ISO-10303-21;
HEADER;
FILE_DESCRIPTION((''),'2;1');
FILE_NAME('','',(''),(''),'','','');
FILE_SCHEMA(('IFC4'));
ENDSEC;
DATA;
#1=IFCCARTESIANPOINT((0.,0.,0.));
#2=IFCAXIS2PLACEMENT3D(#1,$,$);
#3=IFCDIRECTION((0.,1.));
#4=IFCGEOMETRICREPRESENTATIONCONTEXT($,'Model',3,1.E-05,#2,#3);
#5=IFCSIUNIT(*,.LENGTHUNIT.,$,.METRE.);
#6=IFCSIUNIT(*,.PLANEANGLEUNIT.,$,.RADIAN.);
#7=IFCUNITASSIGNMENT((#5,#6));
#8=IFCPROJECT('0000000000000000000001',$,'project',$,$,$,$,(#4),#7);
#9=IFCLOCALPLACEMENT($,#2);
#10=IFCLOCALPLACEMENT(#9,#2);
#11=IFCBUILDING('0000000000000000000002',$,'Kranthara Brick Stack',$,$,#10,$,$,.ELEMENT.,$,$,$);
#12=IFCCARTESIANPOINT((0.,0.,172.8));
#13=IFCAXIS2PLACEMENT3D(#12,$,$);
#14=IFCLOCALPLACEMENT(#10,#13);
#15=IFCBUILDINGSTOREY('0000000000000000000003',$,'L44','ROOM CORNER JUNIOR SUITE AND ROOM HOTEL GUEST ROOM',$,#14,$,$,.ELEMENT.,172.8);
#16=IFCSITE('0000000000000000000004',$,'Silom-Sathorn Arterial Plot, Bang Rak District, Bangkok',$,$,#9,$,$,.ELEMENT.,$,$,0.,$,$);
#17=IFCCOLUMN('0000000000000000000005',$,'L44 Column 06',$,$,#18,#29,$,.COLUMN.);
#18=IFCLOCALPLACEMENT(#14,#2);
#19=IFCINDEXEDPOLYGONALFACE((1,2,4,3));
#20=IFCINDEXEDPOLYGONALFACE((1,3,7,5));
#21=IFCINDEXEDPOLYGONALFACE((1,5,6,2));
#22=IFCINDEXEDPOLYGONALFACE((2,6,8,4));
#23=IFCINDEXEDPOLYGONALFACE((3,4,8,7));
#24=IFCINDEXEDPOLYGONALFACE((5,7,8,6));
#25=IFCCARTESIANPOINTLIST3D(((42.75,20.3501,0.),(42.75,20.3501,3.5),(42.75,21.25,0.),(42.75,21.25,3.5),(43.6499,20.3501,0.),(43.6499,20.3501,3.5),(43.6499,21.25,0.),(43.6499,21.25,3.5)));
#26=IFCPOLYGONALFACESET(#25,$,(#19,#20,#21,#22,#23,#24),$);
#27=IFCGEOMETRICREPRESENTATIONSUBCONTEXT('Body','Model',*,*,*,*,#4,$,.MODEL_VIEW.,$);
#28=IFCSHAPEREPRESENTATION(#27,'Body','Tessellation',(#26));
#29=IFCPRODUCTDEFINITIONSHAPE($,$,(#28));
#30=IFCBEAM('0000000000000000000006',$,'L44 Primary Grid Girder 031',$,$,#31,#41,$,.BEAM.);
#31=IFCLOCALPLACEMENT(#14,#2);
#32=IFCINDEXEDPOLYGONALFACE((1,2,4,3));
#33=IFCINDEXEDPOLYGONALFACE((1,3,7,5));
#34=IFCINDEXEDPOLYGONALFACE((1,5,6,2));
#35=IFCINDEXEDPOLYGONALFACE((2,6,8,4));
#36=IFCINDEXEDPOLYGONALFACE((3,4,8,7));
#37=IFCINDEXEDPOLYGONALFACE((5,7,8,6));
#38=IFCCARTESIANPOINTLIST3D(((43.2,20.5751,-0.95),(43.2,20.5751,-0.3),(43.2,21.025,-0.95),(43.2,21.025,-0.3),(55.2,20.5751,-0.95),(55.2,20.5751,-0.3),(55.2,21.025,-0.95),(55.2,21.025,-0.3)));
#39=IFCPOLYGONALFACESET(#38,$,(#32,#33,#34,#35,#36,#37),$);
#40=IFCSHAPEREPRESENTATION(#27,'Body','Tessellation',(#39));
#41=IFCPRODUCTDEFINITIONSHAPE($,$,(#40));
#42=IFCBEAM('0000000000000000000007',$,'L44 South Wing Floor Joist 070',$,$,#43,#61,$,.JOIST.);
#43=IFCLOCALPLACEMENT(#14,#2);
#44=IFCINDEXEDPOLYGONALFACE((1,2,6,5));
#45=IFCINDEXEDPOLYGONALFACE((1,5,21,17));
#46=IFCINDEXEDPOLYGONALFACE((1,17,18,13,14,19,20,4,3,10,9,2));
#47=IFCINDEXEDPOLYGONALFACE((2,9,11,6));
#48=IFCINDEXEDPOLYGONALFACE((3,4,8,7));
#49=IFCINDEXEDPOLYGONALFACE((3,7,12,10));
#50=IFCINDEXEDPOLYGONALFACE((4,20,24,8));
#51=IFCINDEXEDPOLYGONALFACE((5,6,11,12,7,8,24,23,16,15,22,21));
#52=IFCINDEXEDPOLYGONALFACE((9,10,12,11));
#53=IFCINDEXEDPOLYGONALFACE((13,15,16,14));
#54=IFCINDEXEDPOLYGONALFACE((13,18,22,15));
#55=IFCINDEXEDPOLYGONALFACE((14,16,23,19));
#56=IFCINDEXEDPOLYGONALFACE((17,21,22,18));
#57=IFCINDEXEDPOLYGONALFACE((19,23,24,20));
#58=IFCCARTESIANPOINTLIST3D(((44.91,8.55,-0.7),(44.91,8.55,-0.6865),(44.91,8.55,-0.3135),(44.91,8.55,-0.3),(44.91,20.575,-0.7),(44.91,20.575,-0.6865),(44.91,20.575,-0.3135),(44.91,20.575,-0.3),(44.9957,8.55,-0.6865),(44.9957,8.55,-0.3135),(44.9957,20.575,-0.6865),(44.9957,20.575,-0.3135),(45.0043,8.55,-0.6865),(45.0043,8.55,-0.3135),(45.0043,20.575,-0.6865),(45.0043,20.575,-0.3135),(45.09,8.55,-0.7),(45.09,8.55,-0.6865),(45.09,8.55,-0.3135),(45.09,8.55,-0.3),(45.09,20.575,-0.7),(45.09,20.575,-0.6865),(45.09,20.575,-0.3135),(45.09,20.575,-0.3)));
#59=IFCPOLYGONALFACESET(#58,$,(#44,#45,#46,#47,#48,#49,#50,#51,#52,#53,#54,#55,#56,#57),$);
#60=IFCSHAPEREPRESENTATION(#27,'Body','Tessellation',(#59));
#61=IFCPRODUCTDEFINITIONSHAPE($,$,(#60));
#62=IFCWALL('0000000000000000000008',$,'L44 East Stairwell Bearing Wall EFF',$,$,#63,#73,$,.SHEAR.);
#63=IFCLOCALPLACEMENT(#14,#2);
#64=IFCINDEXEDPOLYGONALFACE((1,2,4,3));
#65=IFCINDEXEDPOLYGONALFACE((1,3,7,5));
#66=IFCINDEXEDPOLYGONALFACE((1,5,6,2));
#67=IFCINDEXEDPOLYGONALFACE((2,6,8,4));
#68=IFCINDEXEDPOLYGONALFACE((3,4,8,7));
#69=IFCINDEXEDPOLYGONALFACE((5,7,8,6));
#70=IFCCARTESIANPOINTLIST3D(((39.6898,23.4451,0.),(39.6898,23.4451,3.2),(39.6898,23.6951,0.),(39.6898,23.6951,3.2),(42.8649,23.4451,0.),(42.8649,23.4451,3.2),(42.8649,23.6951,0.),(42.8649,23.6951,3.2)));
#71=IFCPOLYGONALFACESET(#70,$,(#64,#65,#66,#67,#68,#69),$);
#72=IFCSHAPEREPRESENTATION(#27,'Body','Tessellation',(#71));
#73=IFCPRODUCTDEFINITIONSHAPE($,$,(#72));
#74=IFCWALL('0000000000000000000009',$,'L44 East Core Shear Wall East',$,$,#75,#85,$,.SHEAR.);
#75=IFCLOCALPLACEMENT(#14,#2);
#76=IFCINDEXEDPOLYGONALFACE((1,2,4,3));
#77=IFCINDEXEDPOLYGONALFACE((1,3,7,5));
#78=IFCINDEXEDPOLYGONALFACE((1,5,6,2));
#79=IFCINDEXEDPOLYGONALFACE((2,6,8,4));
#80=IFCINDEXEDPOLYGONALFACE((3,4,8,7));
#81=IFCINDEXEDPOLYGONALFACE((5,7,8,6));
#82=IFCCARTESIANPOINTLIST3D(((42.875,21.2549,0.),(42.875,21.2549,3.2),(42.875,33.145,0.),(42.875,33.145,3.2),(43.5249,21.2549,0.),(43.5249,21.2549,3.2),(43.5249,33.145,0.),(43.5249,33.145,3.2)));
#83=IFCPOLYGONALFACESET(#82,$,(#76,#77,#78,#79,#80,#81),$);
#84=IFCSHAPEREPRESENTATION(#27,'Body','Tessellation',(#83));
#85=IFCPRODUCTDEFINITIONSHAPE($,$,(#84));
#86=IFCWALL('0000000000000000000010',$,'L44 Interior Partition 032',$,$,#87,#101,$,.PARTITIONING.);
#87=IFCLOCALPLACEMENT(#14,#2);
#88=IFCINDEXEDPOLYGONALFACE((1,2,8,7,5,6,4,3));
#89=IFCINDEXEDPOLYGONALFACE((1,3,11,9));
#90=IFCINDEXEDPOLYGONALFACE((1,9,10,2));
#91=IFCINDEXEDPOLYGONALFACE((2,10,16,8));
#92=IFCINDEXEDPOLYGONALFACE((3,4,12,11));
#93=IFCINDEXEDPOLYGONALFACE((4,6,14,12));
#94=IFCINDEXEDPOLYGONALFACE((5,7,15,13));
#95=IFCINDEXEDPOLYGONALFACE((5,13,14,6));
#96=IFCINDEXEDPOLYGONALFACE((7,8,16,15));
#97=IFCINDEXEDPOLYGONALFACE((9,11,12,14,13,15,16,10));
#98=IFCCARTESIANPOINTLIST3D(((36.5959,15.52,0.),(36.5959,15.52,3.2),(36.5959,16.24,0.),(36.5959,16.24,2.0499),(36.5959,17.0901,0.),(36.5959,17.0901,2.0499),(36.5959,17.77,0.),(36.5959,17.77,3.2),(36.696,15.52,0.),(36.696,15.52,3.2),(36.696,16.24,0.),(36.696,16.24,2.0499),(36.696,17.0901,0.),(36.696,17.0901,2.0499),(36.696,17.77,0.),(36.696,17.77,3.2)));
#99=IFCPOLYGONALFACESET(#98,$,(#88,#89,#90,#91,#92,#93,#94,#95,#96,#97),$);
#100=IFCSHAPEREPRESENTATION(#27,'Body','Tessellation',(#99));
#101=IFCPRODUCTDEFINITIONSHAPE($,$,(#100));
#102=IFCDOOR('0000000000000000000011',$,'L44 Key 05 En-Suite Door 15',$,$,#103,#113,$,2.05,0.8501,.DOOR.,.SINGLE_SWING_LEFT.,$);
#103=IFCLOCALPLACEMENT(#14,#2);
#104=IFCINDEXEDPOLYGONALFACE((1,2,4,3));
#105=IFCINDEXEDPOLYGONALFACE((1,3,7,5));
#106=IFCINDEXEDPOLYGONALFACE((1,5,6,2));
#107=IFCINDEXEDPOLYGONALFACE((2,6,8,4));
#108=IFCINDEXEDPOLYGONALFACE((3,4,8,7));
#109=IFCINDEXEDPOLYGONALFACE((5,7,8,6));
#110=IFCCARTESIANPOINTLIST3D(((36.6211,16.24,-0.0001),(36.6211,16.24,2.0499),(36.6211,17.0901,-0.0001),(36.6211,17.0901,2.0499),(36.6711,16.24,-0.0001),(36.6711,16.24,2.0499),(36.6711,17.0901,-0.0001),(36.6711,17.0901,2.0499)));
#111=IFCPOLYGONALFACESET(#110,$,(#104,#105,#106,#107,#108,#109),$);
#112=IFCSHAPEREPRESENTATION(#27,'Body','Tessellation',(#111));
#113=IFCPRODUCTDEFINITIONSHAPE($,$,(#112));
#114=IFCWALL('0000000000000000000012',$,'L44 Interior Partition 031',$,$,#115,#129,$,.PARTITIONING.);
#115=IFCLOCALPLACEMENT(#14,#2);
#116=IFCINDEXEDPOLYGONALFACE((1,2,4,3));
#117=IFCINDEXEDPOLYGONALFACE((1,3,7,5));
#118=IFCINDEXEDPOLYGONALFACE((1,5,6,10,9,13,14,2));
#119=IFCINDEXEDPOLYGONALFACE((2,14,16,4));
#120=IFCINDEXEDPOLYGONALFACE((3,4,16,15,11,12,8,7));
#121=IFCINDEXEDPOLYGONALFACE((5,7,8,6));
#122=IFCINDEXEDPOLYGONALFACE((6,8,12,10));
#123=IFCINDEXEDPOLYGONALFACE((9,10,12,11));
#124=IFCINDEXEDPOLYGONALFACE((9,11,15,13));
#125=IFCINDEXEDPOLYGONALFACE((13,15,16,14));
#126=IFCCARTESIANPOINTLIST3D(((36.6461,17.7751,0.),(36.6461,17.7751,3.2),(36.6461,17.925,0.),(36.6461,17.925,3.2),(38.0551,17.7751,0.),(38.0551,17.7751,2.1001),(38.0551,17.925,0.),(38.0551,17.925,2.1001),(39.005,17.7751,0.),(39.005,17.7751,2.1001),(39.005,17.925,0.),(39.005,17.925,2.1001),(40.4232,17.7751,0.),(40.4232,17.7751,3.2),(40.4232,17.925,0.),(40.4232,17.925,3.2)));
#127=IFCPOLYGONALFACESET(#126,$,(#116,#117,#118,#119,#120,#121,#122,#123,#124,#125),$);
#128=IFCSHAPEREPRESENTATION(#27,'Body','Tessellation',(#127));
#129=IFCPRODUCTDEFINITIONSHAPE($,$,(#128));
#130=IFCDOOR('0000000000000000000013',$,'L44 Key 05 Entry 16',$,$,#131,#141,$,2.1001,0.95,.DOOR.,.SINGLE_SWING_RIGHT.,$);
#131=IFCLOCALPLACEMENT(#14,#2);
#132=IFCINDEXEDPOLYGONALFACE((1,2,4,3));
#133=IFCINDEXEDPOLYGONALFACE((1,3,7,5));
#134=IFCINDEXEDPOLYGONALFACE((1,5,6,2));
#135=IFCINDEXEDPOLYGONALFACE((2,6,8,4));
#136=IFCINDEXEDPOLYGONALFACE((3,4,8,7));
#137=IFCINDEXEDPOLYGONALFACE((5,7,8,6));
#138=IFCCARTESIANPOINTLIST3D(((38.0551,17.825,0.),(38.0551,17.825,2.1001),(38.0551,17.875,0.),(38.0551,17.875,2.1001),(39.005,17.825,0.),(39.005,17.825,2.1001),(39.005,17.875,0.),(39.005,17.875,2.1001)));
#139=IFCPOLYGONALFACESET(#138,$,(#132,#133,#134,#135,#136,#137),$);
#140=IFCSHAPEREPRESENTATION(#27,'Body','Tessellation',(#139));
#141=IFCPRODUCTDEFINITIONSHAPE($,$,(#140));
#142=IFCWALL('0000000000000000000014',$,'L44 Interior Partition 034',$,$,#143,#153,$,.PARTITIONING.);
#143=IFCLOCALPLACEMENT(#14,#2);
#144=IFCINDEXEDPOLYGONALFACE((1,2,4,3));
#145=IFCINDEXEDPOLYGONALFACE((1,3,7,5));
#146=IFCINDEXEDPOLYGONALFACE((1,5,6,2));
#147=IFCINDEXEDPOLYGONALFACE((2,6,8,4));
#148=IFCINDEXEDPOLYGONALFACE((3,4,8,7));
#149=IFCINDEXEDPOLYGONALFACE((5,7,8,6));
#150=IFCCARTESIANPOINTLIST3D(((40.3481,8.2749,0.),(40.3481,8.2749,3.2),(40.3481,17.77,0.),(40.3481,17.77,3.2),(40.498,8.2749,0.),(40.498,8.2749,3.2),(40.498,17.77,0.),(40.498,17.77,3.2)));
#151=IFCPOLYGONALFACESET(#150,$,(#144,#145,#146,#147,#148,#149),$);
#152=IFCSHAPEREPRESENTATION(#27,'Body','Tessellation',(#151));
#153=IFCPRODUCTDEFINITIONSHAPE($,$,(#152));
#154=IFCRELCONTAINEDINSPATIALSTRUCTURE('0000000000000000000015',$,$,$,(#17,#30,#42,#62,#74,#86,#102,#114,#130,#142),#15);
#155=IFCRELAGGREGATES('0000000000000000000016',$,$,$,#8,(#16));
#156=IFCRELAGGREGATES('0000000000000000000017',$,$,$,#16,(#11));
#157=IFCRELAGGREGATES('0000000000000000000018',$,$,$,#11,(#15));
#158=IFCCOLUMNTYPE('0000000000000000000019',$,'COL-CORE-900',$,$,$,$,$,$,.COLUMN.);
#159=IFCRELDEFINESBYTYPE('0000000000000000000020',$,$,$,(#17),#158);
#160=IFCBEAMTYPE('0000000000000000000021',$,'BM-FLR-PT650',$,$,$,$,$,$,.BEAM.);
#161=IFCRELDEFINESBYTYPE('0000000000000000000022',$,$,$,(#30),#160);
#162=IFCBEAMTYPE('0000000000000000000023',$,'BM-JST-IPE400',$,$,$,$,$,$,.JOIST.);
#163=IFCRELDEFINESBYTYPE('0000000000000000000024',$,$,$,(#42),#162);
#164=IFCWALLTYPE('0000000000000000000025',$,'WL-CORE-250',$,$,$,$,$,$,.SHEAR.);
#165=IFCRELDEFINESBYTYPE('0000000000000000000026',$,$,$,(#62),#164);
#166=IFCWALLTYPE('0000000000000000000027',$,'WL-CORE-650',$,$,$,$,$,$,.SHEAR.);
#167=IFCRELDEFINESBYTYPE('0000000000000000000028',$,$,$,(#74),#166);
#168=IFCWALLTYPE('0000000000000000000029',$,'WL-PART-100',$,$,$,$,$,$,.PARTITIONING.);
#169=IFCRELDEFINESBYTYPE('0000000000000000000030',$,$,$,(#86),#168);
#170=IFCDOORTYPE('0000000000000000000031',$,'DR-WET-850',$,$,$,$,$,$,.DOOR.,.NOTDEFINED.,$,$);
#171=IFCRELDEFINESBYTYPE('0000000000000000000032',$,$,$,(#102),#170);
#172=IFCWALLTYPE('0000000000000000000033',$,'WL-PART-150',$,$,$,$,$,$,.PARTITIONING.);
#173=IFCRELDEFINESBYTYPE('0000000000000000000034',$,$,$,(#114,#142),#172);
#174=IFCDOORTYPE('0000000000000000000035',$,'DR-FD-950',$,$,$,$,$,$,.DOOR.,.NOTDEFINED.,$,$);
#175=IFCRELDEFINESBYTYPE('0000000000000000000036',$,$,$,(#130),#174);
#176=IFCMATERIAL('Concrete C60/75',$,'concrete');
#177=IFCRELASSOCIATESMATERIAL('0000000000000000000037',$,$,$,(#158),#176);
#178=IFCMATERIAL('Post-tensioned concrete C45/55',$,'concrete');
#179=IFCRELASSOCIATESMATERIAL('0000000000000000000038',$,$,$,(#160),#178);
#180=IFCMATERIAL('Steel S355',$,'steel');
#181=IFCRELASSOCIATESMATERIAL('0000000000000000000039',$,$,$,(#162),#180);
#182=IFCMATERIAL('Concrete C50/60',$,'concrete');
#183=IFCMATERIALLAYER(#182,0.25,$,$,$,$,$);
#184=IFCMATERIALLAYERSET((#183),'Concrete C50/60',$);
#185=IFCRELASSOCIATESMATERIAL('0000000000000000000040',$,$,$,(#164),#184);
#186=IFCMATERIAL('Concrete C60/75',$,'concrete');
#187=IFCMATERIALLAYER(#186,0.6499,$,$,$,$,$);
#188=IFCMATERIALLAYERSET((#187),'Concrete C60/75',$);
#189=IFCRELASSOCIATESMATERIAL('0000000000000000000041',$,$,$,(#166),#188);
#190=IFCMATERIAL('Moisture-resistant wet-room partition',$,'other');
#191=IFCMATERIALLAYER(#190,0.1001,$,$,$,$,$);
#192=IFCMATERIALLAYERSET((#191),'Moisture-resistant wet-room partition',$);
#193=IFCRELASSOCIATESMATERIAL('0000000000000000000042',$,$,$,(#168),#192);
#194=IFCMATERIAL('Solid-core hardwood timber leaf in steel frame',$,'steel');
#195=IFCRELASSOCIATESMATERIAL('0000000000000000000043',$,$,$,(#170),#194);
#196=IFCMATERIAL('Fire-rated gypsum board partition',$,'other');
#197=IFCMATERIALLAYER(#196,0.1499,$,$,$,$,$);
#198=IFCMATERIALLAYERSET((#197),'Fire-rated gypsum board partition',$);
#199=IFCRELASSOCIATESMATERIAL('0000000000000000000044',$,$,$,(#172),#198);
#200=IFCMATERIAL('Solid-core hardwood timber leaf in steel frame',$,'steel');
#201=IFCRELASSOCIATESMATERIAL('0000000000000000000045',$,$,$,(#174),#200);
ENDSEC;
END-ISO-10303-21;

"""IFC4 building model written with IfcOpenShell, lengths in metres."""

from ifc_helpers import new_model, si_unit, direction, frame, frame_2d, origin, origin_2d, place, context, subcontext, project, spatial, rectangle, i_section, extrude, material, layer, layer_set, material_profile, profile_set, type_object, element, fill, save


model = new_model("IFC4")

# Units and contexts
model_context = context("Model", 3, precision=1e-05, world=origin(), true_north=direction((0.0, 1.0)))
body_context = subcontext(model_context, "Body", "Model", "MODEL_VIEW")
ifc_project = project(units=[si_unit("LENGTHUNIT", "METRE"), si_unit("PLANEANGLEUNIT", "RADIAN")], contexts=[model_context])

# Site, building, storey
site_placement = place(None, origin())
site = spatial("IfcSite", under=ifc_project, at=site_placement, Name="Silom-Sathorn Arterial Plot, Bang Rak District, Bangkok", CompositionType="ELEMENT", RefElevation=0.0)
building_placement = place(site_placement, origin())
building = spatial("IfcBuilding", under=site, at=building_placement, Name="Kranthara Brick Stack", CompositionType="ELEMENT")
storey_placement = place(building_placement, frame((0.0, 0.0, 172.8)))
storey = spatial("IfcBuildingStorey", under=building, at=storey_placement, Name="L44", Description="ROOM CORNER JUNIOR SUITE AND ROOM HOTEL GUEST ROOM", CompositionType="ELEMENT", Elevation=172.8)

# Column
ifc_material_1 = material(Name="Concrete C60/75", Category="concrete")
ifc_material_profile_1 = material_profile(ifc_material_1, rectangle(XDim=0.8999, YDim=0.8999, at=origin_2d()), Name="RC 900x900")
ifc_profile_set_1 = profile_set([ifc_material_profile_1], Name="Concrete C60/75")
column_type = type_object("IfcColumnType", Name="COL-CORE-900", PredefinedType="COLUMN", material=ifc_profile_set_1)
column_placement = place(storey_placement, frame((43.2, 20.8, 0.0), z_axis=(0.0, 0.0, 1.0), x_axis=(1.0, 0.0, 0.0)))
element("IfcColumn", 1, at=column_placement, inside=storey, type_object=column_type, Name="L44 Column 06", PredefinedType="COLUMN", context=body_context, shape_type="SweptSolid", body=[
    extrude(rectangle(XDim=0.8999, YDim=0.8999, at=origin_2d()), origin(), (0.0, 0.0, 1.0), 3.5),
])

# Beams
ifc_material_2 = material(Name="Post-tensioned concrete C45/55", Category="concrete")
ifc_material_profile_2 = material_profile(ifc_material_2, rectangle(XDim=0.45, YDim=0.6499, at=origin_2d()), Name="PT 450x650")
ifc_profile_set_2 = profile_set([ifc_material_profile_2], Name="Post-tensioned concrete C45/55")
beam_type_1 = type_object("IfcBeamType", Name="BM-FLR-PT650", PredefinedType="BEAM", material=ifc_profile_set_2)
beam_1_placement = place(storey_placement, frame((43.2, 20.8, -0.625), z_axis=(1.0, 0.0, 0.0), x_axis=(0.0, 1.0, 0.0)))
element("IfcBeam", 2, at=beam_1_placement, inside=storey, type_object=beam_type_1, Name="L44 Primary Grid Girder 031", PredefinedType="BEAM", context=body_context, shape_type="SweptSolid", body=[
    extrude(rectangle(XDim=0.45, YDim=0.6499, at=origin_2d()), origin(), (0.0, 0.0, 1.0), 12.0),
])
ifc_material_3 = material(Name="Steel S355", Category="steel")
ifc_material_profile_3 = material_profile(ifc_material_3, i_section(OverallWidth=0.1799, OverallDepth=0.3999, WebThickness=0.0085, FlangeThickness=0.0134, at=origin_2d()), Name="IPE 400")
ifc_profile_set_3 = profile_set([ifc_material_profile_3], Name="Steel S355")
beam_type_2 = type_object("IfcBeamType", Name="BM-JST-IPE400", PredefinedType="JOIST", material=ifc_profile_set_3)
beam_2_placement = place(storey_placement, frame((45.0, 8.55, -0.5), z_axis=(0.0, 1.0, 0.0), x_axis=(-1.0, 0.0, 0.0)))
element("IfcBeam", 3, at=beam_2_placement, inside=storey, type_object=beam_type_2, Name="L44 South Wing Floor Joist 070", PredefinedType="JOIST", context=body_context, shape_type="SweptSolid", body=[
    extrude(i_section(OverallWidth=0.1799, OverallDepth=0.3999, WebThickness=0.0085, FlangeThickness=0.0134, at=origin_2d()), origin(), (0.0, 0.0, 1.0), 12.0249),
])

# Shared definitions
ifc_material_4 = material(Name="Concrete C50/60", Category="concrete")
ifc_layer_1 = layer(ifc_material_4, 0.25)
ifc_layer_set_1 = layer_set([ifc_layer_1], Name="Concrete C50/60")
wall_type_1 = type_object("IfcWallType", Name="WL-CORE-250", PredefinedType="SHEAR", material=ifc_layer_set_1)

# Walls
wall_1_placement = place(storey_placement, frame((39.6899, 23.5701, 0.0), z_axis=(0.0, 0.0, 1.0), x_axis=(1.0, 0.0, 0.0)))
element("IfcWall", 4, at=wall_1_placement, inside=storey, type_object=wall_type_1, Name="L44 East Stairwell Bearing Wall EFF", PredefinedType="SHEAR", context=body_context, shape_type="SweptSolid", body=[
    extrude(rectangle(XDim=3.175, YDim=0.25, at=frame_2d((1.5874, 0.0))), origin(), (0.0, 0.0, 1.0), 3.2),
])
ifc_material_5 = material(Name="Concrete C60/75", Category="concrete")
ifc_layer_2 = layer(ifc_material_5, 0.6499)
ifc_layer_set_2 = layer_set([ifc_layer_2], Name="Concrete C60/75")
wall_type_2 = type_object("IfcWallType", Name="WL-CORE-650", PredefinedType="SHEAR", material=ifc_layer_set_2)
wall_2_placement = place(storey_placement, frame((43.2, 21.2549, 0.0), z_axis=(0.0, 0.0, 1.0), x_axis=(0.0, 1.0, 0.0)))
element("IfcWall", 5, at=wall_2_placement, inside=storey, type_object=wall_type_2, Name="L44 East Core Shear Wall East", PredefinedType="SHEAR", context=body_context, shape_type="SweptSolid", body=[
    extrude(rectangle(XDim=11.8901, YDim=0.6499, at=frame_2d((5.9451, 0.0))), origin(), (0.0, 0.0, 1.0), 3.2),
])

# Walls, openings, doors
ifc_material_6 = material(Name="Moisture-resistant wet-room partition", Category="other")
ifc_layer_3 = layer(ifc_material_6, 0.1001)
ifc_layer_set_3 = layer_set([ifc_layer_3], Name="Moisture-resistant wet-room partition")
wall_type_3 = type_object("IfcWallType", Name="WL-PART-100", PredefinedType="PARTITIONING", material=ifc_layer_set_3)
wall_3_placement = place(storey_placement, frame((36.646, 15.52, 0.0), z_axis=(0.0, 0.0, 1.0), x_axis=(0.0, 1.0, 0.0)))
wall_3 = element("IfcWall", 6, at=wall_3_placement, inside=storey, type_object=wall_type_3, Name="L44 Interior Partition 032", PredefinedType="PARTITIONING", context=body_context, shape_type="SweptSolid", body=[
    extrude(rectangle(XDim=2.25, YDim=0.1001, at=frame_2d((1.125, 0.0))), origin(), (0.0, 0.0, 1.0), 3.2),
])
opening_1_placement = place(wall_3_placement, frame((0.72, 0.0, 0.0)))
opening_1 = element("IfcOpeningElement", 7, at=opening_1_placement, cuts=wall_3, PredefinedType="OPENING", context=body_context, shape_type="SweptSolid", body=[
    extrude(rectangle(XDim=0.8501, YDim=2.05, at=frame_2d((0.425, 1.0249))), frame((0.0, 0.0601, 0.0), z_axis=(0.0, -1.0, 0.0), x_axis=(1.0, 0.0, 0.0)), (0.0, 0.0, 1.0), 0.1201),
])
ifc_material_7 = material(Name="Solid-core hardwood timber leaf in steel frame", Category="steel")
door_type_1 = type_object("IfcDoorType", Name="DR-WET-850", OperationType="NOTDEFINED", PredefinedType="DOOR", material=ifc_material_7)
door_1_placement = place(opening_1_placement, origin())
door_1 = element("IfcDoor", 8, at=door_1_placement, inside=storey, type_object=door_type_1, Name="L44 Key 05 En-Suite Door 15", OperationType="SINGLE_SWING_LEFT", OverallHeight=2.05, OverallWidth=0.8501, PredefinedType="DOOR", context=body_context, shape_type="SweptSolid", body=[
    extrude(rectangle(XDim=0.8501, YDim=2.05, at=frame_2d((0.425, 1.0249))), frame((0.0, 0.0249, 0.0), z_axis=(0.0, -1.0, 0.0), x_axis=(1.0, 0.0, 0.0)), (0.0, 0.0, 1.0), 0.05),
])
fill(opening_1, door_1)
ifc_material_8 = material(Name="Fire-rated gypsum board partition", Category="other")
ifc_layer_4 = layer(ifc_material_8, 0.1499)
ifc_layer_set_4 = layer_set([ifc_layer_4], Name="Fire-rated gypsum board partition")
wall_type_4 = type_object("IfcWallType", Name="WL-PART-150", PredefinedType="PARTITIONING", material=ifc_layer_set_4)
wall_4_placement = place(storey_placement, frame((36.646, 17.8501, 0.0), z_axis=(0.0, 0.0, 1.0), x_axis=(1.0, 0.0, 0.0)))
wall_4 = element("IfcWall", 9, at=wall_4_placement, inside=storey, type_object=wall_type_4, Name="L44 Interior Partition 031", PredefinedType="PARTITIONING", context=body_context, shape_type="SweptSolid", body=[
    extrude(rectangle(XDim=3.7771, YDim=0.1499, at=frame_2d((1.8887, 0.0))), origin(), (0.0, 0.0, 1.0), 3.2),
])
opening_2_placement = place(wall_4_placement, frame((1.4089, 0.0, 0.0)))
opening_2 = element("IfcOpeningElement", 10, at=opening_2_placement, cuts=wall_4, PredefinedType="OPENING", context=body_context, shape_type="SweptSolid", body=[
    extrude(rectangle(XDim=0.95, YDim=2.1001, at=frame_2d((0.4751, 1.05))), frame((0.0, 0.085, 0.0), z_axis=(0.0, -1.0, 0.0), x_axis=(1.0, 0.0, 0.0)), (0.0, 0.0, 1.0), 0.1699),
])
ifc_material_9 = material(Name="Solid-core hardwood timber leaf in steel frame", Category="steel")
door_type_2 = type_object("IfcDoorType", Name="DR-FD-950", OperationType="NOTDEFINED", PredefinedType="DOOR", material=ifc_material_9)
door_2_placement = place(opening_2_placement, origin())
door_2 = element("IfcDoor", 11, at=door_2_placement, inside=storey, type_object=door_type_2, Name="L44 Key 05 Entry 16", OperationType="SINGLE_SWING_RIGHT", OverallHeight=2.1001, OverallWidth=0.95, PredefinedType="DOOR", context=body_context, shape_type="SweptSolid", body=[
    extrude(rectangle(XDim=0.95, YDim=2.1001, at=frame_2d((0.4751, 1.05))), frame((0.0, 0.0249, 0.0), z_axis=(0.0, -1.0, 0.0), x_axis=(1.0, 0.0, 0.0)), (0.0, 0.0, 1.0), 0.05),
])
fill(opening_2, door_2)

# Wall
wall_5_placement = place(storey_placement, frame((40.4231, 8.2749, 0.0), z_axis=(0.0, 0.0, 1.0), x_axis=(0.0, 1.0, 0.0)))
element("IfcWall", 12, at=wall_5_placement, inside=storey, type_object=wall_type_4, Name="L44 Interior Partition 034", PredefinedType="PARTITIONING", context=body_context, shape_type="SweptSolid", body=[
    extrude(rectangle(XDim=9.4951, YDim=0.1499, at=frame_2d((4.7476, 0.0))), origin(), (0.0, 0.0, 1.0), 3.2),
])

save(model, "model.ifc")
